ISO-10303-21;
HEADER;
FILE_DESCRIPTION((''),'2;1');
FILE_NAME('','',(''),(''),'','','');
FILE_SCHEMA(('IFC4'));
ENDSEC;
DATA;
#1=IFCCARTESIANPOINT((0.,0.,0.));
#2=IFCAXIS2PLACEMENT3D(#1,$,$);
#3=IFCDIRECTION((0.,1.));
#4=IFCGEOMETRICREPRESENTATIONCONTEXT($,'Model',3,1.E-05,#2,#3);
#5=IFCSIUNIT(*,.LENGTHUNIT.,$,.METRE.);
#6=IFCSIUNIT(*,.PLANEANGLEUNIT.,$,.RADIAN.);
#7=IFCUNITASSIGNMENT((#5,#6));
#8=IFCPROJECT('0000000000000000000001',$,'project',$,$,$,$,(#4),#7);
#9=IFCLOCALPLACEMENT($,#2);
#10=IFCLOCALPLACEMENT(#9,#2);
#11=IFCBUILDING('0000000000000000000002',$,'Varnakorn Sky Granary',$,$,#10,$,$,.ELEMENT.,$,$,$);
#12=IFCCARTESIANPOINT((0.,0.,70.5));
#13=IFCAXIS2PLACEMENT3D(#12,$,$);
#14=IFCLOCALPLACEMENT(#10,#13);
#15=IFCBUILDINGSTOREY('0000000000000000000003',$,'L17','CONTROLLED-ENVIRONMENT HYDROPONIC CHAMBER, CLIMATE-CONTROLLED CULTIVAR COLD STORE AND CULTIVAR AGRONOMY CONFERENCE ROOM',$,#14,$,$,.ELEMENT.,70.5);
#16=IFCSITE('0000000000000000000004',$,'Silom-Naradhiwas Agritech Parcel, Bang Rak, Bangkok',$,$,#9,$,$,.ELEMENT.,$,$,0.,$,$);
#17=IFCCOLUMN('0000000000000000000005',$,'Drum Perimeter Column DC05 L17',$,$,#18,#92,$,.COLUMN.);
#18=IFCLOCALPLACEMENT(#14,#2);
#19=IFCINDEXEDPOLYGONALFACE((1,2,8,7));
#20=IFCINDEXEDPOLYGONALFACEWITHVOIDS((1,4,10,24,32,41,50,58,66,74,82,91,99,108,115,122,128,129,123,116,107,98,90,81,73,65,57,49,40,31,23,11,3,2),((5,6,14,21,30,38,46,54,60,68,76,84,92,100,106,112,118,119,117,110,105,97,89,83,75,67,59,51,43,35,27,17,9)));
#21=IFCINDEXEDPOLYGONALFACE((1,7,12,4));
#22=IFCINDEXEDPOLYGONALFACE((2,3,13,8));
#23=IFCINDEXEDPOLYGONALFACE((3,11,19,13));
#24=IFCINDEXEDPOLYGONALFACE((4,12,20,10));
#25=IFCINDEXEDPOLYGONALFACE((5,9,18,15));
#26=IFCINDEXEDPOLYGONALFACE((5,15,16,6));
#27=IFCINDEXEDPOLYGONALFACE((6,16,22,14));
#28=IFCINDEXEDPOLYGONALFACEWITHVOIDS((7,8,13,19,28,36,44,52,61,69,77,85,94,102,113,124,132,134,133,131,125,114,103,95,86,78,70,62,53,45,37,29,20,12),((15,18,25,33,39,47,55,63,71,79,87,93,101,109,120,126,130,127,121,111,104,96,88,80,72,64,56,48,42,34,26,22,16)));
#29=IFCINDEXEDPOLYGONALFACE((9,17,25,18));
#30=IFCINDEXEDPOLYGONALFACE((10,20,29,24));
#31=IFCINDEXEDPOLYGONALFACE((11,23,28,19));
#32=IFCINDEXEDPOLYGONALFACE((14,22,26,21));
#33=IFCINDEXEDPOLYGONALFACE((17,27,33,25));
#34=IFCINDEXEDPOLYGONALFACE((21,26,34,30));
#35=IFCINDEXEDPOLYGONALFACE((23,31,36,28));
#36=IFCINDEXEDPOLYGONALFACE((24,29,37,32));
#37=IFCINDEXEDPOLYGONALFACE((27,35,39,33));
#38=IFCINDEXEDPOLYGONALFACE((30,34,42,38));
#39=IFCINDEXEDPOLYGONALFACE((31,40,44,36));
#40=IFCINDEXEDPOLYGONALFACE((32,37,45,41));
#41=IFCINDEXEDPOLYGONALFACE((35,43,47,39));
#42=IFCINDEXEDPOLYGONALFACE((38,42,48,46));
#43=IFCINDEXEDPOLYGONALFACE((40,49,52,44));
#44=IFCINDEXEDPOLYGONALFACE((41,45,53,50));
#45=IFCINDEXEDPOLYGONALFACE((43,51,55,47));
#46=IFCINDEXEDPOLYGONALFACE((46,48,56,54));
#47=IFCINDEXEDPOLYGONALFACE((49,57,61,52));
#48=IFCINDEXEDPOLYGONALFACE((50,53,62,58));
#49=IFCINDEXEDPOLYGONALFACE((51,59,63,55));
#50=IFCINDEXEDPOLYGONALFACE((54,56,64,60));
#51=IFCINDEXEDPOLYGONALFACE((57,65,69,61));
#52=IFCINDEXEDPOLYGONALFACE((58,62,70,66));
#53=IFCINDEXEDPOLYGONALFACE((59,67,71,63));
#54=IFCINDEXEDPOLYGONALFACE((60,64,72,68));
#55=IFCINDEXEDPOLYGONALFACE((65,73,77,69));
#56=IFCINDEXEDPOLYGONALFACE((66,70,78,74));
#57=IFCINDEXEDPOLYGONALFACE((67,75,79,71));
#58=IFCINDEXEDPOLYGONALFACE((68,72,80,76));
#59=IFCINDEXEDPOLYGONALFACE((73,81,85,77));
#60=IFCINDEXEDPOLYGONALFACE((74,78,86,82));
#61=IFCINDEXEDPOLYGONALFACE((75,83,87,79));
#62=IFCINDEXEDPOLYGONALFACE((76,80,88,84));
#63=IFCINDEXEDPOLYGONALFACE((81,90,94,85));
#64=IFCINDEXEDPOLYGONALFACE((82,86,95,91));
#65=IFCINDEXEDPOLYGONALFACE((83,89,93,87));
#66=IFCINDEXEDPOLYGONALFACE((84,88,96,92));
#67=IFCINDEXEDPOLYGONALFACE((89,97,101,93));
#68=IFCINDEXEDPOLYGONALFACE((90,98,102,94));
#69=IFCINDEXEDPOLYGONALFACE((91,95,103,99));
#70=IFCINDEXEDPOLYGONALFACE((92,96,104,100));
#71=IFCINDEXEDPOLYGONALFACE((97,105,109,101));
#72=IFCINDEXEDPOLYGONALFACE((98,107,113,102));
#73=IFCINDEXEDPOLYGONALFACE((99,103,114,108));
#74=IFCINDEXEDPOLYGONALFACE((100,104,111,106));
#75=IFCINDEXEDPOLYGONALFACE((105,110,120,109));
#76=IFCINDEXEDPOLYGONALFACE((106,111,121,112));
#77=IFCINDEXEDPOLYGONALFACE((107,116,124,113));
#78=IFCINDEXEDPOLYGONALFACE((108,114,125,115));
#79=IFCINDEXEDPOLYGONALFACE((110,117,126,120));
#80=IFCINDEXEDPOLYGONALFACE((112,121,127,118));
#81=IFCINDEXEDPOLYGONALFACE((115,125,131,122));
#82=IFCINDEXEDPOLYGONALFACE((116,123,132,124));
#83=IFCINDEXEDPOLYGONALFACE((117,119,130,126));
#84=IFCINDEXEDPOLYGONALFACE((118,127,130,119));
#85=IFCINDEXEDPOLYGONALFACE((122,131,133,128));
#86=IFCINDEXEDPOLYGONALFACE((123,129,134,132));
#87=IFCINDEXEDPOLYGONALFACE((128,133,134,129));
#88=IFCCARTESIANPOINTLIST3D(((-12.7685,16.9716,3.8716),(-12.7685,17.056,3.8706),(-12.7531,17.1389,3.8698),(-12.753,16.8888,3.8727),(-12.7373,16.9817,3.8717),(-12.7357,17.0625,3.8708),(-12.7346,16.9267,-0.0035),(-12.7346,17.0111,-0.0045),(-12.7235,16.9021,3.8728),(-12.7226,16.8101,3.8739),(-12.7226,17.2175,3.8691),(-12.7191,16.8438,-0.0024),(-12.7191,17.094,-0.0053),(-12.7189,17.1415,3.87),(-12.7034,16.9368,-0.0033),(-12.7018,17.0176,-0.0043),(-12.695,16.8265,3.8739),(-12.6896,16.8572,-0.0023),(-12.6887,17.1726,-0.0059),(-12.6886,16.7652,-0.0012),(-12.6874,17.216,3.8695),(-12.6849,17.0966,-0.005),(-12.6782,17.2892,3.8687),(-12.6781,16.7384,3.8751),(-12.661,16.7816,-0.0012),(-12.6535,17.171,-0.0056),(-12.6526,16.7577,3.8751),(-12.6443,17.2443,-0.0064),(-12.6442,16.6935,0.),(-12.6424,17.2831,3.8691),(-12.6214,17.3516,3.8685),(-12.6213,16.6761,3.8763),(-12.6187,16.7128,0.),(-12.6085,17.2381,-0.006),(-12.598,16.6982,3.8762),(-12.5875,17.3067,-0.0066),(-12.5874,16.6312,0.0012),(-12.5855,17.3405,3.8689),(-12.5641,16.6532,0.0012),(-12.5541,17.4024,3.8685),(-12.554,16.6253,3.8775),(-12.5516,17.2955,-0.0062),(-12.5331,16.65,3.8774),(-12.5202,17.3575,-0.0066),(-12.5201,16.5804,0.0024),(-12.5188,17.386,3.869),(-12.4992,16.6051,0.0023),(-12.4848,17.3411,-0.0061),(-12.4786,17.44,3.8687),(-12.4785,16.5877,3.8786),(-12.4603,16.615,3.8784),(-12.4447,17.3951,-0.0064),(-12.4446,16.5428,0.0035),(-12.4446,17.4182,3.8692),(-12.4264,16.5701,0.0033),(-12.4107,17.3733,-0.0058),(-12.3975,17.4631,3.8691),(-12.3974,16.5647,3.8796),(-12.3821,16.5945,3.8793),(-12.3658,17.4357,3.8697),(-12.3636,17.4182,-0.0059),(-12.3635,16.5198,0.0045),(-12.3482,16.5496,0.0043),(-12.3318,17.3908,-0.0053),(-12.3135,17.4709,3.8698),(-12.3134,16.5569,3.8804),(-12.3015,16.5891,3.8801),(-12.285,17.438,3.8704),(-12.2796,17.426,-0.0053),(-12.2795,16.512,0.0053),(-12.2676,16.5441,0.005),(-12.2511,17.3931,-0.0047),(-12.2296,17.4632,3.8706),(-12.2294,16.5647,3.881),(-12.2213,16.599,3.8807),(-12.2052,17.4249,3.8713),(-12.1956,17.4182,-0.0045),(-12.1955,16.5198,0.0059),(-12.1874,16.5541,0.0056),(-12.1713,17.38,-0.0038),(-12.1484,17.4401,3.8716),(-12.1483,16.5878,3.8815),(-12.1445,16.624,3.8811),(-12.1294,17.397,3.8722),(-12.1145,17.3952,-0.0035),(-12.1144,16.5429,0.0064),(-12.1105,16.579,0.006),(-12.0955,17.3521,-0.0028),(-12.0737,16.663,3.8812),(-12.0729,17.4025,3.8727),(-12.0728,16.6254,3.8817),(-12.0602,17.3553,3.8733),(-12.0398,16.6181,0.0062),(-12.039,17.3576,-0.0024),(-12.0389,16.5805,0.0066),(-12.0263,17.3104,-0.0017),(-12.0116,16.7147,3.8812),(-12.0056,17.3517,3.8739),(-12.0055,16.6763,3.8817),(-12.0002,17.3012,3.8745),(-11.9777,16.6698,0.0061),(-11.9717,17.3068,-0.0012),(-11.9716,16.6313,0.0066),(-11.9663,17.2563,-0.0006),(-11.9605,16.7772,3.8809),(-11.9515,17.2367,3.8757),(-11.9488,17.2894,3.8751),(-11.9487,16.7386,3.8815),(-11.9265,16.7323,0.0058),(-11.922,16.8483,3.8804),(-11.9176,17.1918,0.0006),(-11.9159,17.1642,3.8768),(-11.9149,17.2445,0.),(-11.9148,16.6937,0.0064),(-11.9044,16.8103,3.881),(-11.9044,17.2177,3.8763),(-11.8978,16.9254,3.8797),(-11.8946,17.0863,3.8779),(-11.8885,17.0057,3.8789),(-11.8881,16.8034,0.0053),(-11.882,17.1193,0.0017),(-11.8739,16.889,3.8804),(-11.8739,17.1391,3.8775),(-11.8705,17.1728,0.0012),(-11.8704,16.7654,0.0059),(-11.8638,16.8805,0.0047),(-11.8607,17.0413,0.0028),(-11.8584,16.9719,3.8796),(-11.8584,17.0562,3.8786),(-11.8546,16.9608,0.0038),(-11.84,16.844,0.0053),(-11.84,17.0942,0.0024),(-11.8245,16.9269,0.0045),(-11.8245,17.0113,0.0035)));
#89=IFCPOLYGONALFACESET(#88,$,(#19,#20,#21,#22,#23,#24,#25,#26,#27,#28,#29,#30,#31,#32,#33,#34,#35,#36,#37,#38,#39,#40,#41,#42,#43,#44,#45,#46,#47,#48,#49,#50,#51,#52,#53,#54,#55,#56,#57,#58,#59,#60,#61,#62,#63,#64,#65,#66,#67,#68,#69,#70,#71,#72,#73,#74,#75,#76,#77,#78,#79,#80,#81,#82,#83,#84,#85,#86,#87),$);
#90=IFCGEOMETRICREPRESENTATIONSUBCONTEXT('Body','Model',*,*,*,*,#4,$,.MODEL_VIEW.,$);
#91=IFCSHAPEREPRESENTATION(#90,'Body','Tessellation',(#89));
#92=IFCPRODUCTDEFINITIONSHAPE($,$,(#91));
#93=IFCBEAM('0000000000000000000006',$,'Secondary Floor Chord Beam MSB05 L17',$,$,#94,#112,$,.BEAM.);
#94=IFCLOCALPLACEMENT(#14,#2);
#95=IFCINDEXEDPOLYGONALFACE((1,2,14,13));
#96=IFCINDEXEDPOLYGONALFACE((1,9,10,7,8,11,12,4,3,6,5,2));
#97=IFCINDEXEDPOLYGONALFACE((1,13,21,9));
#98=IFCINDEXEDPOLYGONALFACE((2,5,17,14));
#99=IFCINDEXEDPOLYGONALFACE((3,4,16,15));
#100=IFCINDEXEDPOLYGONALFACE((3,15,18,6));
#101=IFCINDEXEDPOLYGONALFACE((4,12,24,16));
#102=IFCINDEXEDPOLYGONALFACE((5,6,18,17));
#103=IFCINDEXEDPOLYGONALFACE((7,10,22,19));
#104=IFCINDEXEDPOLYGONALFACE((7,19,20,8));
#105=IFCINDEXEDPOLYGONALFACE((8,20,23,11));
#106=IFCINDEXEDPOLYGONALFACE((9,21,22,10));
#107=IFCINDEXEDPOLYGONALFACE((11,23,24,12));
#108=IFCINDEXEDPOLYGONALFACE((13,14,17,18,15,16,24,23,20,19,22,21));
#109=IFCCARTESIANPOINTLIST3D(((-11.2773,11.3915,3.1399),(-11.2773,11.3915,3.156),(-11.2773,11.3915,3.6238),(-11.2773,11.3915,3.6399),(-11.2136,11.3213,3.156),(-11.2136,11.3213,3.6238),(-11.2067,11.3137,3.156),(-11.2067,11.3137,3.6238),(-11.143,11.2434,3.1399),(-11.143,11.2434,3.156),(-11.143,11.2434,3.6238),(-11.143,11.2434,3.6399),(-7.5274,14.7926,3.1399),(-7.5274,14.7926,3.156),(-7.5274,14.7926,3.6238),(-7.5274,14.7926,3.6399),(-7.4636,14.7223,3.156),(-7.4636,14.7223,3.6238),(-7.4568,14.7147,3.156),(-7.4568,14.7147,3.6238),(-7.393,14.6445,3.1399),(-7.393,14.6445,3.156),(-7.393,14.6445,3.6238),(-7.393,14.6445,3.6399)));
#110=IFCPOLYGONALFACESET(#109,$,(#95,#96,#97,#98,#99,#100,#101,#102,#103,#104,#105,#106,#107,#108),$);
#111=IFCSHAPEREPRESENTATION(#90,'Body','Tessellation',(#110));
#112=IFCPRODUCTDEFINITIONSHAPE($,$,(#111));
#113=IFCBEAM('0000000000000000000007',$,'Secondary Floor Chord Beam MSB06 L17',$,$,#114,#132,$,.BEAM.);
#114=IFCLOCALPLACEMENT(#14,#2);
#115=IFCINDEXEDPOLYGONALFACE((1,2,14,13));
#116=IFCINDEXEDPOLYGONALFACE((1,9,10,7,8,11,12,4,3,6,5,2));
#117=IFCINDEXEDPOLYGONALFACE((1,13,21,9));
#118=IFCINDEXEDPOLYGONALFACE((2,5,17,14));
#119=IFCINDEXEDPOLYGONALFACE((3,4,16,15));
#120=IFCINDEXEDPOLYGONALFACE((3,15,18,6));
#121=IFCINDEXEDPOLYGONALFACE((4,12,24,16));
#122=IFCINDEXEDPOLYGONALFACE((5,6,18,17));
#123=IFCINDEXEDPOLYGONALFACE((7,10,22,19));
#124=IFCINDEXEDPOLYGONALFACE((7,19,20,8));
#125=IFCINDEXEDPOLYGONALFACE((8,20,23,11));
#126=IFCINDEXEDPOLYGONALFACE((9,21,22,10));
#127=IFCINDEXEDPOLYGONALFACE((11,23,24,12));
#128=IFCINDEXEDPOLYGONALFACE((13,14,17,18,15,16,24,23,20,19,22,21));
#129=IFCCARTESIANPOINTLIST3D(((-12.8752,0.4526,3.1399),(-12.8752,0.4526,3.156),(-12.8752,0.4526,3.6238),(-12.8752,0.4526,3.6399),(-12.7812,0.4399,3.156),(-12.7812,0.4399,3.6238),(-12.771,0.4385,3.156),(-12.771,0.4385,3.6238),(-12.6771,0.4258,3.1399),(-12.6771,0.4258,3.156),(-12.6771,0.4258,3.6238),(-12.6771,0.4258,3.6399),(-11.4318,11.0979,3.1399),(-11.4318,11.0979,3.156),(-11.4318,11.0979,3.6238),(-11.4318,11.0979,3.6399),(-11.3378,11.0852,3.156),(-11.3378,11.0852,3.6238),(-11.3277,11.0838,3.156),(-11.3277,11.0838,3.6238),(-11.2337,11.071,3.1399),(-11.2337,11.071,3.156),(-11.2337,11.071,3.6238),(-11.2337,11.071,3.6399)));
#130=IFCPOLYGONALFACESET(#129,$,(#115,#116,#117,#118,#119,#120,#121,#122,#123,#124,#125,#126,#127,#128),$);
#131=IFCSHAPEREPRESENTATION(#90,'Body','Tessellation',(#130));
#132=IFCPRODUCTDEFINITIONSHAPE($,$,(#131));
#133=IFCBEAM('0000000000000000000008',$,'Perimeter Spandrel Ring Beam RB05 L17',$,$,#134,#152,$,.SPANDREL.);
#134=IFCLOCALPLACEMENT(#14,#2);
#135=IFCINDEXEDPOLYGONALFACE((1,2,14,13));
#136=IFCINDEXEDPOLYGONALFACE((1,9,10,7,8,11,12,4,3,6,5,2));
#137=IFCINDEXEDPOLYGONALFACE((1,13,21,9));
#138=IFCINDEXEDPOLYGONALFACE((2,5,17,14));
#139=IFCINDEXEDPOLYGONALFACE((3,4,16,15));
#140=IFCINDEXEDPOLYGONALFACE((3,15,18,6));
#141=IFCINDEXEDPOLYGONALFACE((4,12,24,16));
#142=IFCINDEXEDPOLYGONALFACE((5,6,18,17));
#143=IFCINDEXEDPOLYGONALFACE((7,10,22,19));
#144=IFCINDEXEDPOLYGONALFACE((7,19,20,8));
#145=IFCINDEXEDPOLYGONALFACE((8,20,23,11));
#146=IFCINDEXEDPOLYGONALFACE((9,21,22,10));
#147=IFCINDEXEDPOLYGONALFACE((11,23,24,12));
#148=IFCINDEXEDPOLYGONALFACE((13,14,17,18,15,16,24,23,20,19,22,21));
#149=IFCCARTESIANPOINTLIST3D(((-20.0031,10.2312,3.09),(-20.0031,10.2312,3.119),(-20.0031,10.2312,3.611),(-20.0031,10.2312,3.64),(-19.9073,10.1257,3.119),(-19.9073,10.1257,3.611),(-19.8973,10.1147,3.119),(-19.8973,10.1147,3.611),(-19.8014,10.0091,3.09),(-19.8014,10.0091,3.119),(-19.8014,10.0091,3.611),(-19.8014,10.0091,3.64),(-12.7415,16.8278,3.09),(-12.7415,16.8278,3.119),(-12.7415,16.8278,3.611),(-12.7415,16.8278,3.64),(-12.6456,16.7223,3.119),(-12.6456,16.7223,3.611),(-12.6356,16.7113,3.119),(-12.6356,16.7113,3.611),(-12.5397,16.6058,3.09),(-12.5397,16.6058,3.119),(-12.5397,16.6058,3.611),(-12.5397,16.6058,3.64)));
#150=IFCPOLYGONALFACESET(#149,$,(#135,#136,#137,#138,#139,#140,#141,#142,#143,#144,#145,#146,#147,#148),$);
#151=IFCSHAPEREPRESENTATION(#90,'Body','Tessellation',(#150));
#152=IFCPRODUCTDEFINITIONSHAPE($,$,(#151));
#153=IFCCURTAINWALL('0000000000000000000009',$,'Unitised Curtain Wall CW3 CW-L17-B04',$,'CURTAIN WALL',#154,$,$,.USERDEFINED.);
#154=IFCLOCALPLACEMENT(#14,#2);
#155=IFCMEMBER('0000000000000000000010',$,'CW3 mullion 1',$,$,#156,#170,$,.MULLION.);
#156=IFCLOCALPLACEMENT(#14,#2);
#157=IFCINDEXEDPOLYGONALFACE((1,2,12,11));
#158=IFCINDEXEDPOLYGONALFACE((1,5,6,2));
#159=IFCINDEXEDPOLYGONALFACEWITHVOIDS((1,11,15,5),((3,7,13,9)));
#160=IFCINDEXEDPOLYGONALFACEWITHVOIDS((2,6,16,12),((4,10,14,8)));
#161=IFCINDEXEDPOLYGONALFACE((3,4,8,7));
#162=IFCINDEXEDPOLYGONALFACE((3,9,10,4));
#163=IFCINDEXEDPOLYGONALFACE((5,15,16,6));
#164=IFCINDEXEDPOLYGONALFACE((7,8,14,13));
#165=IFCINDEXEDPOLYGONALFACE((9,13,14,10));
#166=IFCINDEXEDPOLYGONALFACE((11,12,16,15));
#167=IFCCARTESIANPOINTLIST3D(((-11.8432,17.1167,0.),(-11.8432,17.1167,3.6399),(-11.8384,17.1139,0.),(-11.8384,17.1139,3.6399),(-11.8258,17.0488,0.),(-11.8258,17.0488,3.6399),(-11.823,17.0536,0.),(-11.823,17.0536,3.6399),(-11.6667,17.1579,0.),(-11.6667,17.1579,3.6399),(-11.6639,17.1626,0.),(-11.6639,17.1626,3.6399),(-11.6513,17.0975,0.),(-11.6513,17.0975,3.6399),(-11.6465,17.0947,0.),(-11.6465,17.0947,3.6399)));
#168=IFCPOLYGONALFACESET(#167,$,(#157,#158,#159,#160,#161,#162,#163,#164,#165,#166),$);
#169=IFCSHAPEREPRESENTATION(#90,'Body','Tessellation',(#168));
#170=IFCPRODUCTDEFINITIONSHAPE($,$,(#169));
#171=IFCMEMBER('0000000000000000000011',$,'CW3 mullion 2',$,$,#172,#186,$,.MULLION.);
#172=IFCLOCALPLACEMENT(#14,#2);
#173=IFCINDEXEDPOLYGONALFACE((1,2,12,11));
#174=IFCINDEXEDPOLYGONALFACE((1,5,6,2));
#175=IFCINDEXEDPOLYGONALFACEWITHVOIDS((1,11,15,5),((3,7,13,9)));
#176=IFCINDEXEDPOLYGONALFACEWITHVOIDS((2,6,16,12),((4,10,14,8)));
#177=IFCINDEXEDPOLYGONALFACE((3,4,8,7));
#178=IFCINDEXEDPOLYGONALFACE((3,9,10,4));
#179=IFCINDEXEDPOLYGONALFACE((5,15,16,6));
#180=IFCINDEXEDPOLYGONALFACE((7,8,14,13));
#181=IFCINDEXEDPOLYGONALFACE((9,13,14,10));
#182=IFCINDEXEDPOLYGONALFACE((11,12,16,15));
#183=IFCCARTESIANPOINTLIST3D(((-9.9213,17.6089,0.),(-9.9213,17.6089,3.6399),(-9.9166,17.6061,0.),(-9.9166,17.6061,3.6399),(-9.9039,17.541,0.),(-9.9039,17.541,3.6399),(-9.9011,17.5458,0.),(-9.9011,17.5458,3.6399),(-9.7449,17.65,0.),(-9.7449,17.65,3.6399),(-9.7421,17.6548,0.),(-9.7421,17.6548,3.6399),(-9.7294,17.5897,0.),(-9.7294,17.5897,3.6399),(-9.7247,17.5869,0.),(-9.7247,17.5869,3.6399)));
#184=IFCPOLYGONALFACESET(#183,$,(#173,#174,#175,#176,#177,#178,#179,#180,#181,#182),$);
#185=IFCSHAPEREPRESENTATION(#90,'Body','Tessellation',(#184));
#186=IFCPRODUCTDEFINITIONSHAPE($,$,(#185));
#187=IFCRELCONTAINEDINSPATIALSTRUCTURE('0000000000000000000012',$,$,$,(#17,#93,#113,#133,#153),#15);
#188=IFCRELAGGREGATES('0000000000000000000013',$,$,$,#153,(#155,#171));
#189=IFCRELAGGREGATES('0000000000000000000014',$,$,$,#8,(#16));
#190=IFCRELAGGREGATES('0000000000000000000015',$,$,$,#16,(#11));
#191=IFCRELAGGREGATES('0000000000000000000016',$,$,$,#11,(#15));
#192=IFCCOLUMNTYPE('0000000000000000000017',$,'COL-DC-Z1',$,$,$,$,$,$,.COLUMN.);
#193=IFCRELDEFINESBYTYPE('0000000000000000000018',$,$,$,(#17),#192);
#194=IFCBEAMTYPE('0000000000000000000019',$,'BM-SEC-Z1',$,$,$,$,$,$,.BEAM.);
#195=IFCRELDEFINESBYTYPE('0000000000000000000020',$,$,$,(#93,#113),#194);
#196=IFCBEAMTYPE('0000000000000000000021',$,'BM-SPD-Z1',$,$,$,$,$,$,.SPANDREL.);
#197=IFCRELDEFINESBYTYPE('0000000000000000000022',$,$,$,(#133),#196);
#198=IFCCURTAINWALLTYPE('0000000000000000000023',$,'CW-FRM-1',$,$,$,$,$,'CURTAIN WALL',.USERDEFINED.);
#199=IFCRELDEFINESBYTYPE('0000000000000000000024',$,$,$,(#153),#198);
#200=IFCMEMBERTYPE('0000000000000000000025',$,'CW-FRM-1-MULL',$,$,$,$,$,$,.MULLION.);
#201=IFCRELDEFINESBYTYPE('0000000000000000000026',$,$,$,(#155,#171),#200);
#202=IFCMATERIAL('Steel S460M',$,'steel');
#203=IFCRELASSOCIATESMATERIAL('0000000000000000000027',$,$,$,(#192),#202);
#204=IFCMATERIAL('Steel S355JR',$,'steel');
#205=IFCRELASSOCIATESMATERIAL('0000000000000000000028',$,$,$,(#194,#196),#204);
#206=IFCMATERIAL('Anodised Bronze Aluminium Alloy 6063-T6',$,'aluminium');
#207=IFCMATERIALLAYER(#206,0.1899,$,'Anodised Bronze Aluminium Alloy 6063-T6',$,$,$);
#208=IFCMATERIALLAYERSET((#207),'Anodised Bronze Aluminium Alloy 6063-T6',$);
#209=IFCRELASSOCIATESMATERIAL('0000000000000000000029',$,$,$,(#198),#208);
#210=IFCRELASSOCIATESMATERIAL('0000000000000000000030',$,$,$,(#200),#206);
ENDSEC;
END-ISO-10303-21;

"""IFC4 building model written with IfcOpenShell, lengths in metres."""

from ifc_helpers import new_model, si_unit, direction, frame, origin, origin_2d, place, context, subcontext, project, spatial, hollow_rectangle, hollow_circle, i_section, extrude, material, layer, layer_set, material_profile, profile_set, type_object, element, aggregate, save


model = new_model("IFC4")

# Units and contexts
model_context = context("Model", 3, precision=1e-05, world=origin(), true_north=direction((0.0, 1.0)))
body_context = subcontext(model_context, "Body", "Model", "MODEL_VIEW")
ifc_project = project(units=[si_unit("LENGTHUNIT", "METRE"), si_unit("PLANEANGLEUNIT", "RADIAN")], contexts=[model_context])

# Site, building, storey
site_placement = place(None, origin())
site = spatial("IfcSite", under=ifc_project, at=site_placement, Name="Silom-Naradhiwas Agritech Parcel, Bang Rak, Bangkok", CompositionType="ELEMENT", RefElevation=0.0)
building_placement = place(site_placement, origin())
building = spatial("IfcBuilding", under=site, at=building_placement, Name="Varnakorn Sky Granary", CompositionType="ELEMENT")
storey_placement = place(building_placement, frame((0.0, 0.0, 70.5)))
storey = spatial("IfcBuildingStorey", under=building, at=storey_placement, Name="L17", Description="CONTROLLED-ENVIRONMENT HYDROPONIC CHAMBER, CLIMATE-CONTROLLED CULTIVAR COLD STORE AND CULTIVAR AGRONOMY CONFERENCE ROOM", CompositionType="ELEMENT", Elevation=70.5)

# Column
ifc_material_1 = material(Name="Steel S460M", Category="steel")
ifc_material_profile_1 = material_profile(ifc_material_1, hollow_circle(Radius=0.457, WallThickness=0.032, at=origin_2d()), Name="CHS 914x32")
ifc_profile_set_1 = profile_set([ifc_material_profile_1], Name="Steel S460M")
column_type = type_object("IfcColumnType", Name="COL-DC-Z1", PredefinedType="COLUMN", material=ifc_profile_set_1)
column_placement = place(storey_placement, frame((-12.2795, 16.969, 0.0), z_axis=(-0.008757, 0.011592, 0.999894), x_axis=(-0.797914, -0.602772, 0.0)))
element("IfcColumn", 1, at=column_placement, inside=storey, type_object=column_type, Name="Drum Perimeter Column DC05 L17", PredefinedType="COLUMN", context=body_context, shape_type="SweptSolid", body=[
    extrude(hollow_circle(Radius=0.457, WallThickness=0.032, at=origin_2d()), origin(), (0.0, 0.0, 1.0), 3.8755),
])

# Beams
ifc_material_2 = material(Name="Steel S355JR", Category="steel")
ifc_material_profile_2 = material_profile(ifc_material_2, i_section(OverallWidth=0.2, OverallDepth=0.5, WebThickness=0.0103, FlangeThickness=0.0161, at=origin_2d()), Name="IPE 500")
ifc_profile_set_2 = profile_set([ifc_material_profile_2], Name="Steel S355JR")
beam_type_1 = type_object("IfcBeamType", Name="BM-SEC-Z1", PredefinedType="BEAM", material=ifc_profile_set_2)
beam_1_placement = place(storey_placement, frame((-7.4602, 14.7185, 3.3899), z_axis=(-0.740723, -0.671811, 0.0), x_axis=(0.671811, -0.740723, 0.0)))
element("IfcBeam", 2, at=beam_1_placement, inside=storey, type_object=beam_type_1, Name="Secondary Floor Chord Beam MSB05 L17", PredefinedType="BEAM", context=body_context, shape_type="SweptSolid", body=[
    extrude(i_section(OverallWidth=0.2, OverallDepth=0.5, WebThickness=0.0103, FlangeThickness=0.0161, at=origin_2d()), origin(), (0.0, 0.0, 1.0), 5.0625),
])
beam_2_placement = place(storey_placement, frame((-11.3328, 11.0845, 3.3899), z_axis=(-0.134358, -0.990933, 0.0), x_axis=(0.990933, -0.134358, 0.0)))
element("IfcBeam", 3, at=beam_2_placement, inside=storey, type_object=beam_type_1, Name="Secondary Floor Chord Beam MSB06 L17", PredefinedType="BEAM", context=body_context, shape_type="SweptSolid", body=[
    extrude(i_section(OverallWidth=0.2, OverallDepth=0.5, WebThickness=0.0103, FlangeThickness=0.0161, at=origin_2d()), origin(), (0.0, 0.0, 1.0), 10.7427),
])
ifc_material_profile_3 = material_profile(ifc_material_2, i_section(OverallWidth=0.3, OverallDepth=0.55, WebThickness=0.0149, FlangeThickness=0.0291, at=origin_2d()), Name="HE 550 B")
ifc_profile_set_3 = profile_set([ifc_material_profile_3], Name="Steel S355JR")
beam_type_2 = type_object("IfcBeamType", Name="BM-SPD-Z1", PredefinedType="SPANDREL", material=ifc_profile_set_3)
beam_3_placement = place(storey_placement, frame((-12.6406, 16.7168, 3.365), z_axis=(-0.740188, -0.6724, 0.0), x_axis=(0.6724, -0.740188, 0.0)))
element("IfcBeam", 4, at=beam_3_placement, inside=storey, type_object=beam_type_2, Name="Perimeter Spandrel Ring Beam RB05 L17", PredefinedType="SPANDREL", context=body_context, shape_type="SweptSolid", body=[
    extrude(i_section(OverallWidth=0.3, OverallDepth=0.55, WebThickness=0.0149, FlangeThickness=0.0291, at=origin_2d()), origin(), (0.0, 0.0, 1.0), 9.8105),
])

# Curtain wall, members
ifc_material_3 = material(Name="Anodised Bronze Aluminium Alloy 6063-T6", Category="aluminium")
ifc_layer_1 = layer(ifc_material_3, 0.1899, Name="Anodised Bronze Aluminium Alloy 6063-T6")
ifc_layer_set_1 = layer_set([ifc_layer_1], Name="Anodised Bronze Aluminium Alloy 6063-T6")
curtain_wall_type = type_object("IfcCurtainWallType", Name="CW-FRM-1", ElementType="CURTAIN WALL", PredefinedType="USERDEFINED", material=ifc_layer_set_1)
curtain_wall_1_placement = place(storey_placement, origin())
curtain_wall_1 = element("IfcCurtainWall", 5, at=curtain_wall_1_placement, inside=storey, type_object=curtain_wall_type, Name="Unitised Curtain Wall CW3 CW-L17-B04", ObjectType="CURTAIN WALL", PredefinedType="USERDEFINED")
ifc_material_profile_4 = material_profile(ifc_material_3, hollow_rectangle(XDim=0.0701, YDim=0.1851, WallThickness=0.0039, at=origin_2d()), Name="ALU MULL 70x185")
ifc_profile_set_4 = profile_set([ifc_material_profile_4], Name="Anodised Bronze Aluminium Alloy 6063-T6")
member_type_1 = type_object("IfcMemberType", Name="CW-FRM-1-MULL", PredefinedType="MULLION", material=ifc_profile_set_4)
member_1_placement = place(storey_placement, frame((-11.7449, 17.1057, 0.0), z_axis=(0.0, 0.0, 1.0), x_axis=(-0.248054, 0.968746, 0.0)))
member_1 = element("IfcMember", 6, at=member_1_placement, type_object=member_type_1, Name="CW3 mullion 1", PredefinedType="MULLION", context=body_context, shape_type="SweptSolid", body=[
    extrude(hollow_rectangle(XDim=0.0701, YDim=0.1851, WallThickness=0.0039, at=origin_2d()), origin(), (0.0, 0.0, 1.0), 3.6399),
])
member_2_placement = place(storey_placement, frame((-9.823, 17.5979, 0.0), z_axis=(0.0, 0.0, 1.0), x_axis=(-0.248054, 0.968746, 0.0)))
member_2 = element("IfcMember", 7, at=member_2_placement, type_object=member_type_1, Name="CW3 mullion 2", PredefinedType="MULLION", context=body_context, shape_type="SweptSolid", body=[
    extrude(hollow_rectangle(XDim=0.0701, YDim=0.1851, WallThickness=0.0039, at=origin_2d()), origin(), (0.0, 0.0, 1.0), 3.6399),
])

aggregate(curtain_wall_1, [member_1, member_2])

save(model, "model.ifc")
